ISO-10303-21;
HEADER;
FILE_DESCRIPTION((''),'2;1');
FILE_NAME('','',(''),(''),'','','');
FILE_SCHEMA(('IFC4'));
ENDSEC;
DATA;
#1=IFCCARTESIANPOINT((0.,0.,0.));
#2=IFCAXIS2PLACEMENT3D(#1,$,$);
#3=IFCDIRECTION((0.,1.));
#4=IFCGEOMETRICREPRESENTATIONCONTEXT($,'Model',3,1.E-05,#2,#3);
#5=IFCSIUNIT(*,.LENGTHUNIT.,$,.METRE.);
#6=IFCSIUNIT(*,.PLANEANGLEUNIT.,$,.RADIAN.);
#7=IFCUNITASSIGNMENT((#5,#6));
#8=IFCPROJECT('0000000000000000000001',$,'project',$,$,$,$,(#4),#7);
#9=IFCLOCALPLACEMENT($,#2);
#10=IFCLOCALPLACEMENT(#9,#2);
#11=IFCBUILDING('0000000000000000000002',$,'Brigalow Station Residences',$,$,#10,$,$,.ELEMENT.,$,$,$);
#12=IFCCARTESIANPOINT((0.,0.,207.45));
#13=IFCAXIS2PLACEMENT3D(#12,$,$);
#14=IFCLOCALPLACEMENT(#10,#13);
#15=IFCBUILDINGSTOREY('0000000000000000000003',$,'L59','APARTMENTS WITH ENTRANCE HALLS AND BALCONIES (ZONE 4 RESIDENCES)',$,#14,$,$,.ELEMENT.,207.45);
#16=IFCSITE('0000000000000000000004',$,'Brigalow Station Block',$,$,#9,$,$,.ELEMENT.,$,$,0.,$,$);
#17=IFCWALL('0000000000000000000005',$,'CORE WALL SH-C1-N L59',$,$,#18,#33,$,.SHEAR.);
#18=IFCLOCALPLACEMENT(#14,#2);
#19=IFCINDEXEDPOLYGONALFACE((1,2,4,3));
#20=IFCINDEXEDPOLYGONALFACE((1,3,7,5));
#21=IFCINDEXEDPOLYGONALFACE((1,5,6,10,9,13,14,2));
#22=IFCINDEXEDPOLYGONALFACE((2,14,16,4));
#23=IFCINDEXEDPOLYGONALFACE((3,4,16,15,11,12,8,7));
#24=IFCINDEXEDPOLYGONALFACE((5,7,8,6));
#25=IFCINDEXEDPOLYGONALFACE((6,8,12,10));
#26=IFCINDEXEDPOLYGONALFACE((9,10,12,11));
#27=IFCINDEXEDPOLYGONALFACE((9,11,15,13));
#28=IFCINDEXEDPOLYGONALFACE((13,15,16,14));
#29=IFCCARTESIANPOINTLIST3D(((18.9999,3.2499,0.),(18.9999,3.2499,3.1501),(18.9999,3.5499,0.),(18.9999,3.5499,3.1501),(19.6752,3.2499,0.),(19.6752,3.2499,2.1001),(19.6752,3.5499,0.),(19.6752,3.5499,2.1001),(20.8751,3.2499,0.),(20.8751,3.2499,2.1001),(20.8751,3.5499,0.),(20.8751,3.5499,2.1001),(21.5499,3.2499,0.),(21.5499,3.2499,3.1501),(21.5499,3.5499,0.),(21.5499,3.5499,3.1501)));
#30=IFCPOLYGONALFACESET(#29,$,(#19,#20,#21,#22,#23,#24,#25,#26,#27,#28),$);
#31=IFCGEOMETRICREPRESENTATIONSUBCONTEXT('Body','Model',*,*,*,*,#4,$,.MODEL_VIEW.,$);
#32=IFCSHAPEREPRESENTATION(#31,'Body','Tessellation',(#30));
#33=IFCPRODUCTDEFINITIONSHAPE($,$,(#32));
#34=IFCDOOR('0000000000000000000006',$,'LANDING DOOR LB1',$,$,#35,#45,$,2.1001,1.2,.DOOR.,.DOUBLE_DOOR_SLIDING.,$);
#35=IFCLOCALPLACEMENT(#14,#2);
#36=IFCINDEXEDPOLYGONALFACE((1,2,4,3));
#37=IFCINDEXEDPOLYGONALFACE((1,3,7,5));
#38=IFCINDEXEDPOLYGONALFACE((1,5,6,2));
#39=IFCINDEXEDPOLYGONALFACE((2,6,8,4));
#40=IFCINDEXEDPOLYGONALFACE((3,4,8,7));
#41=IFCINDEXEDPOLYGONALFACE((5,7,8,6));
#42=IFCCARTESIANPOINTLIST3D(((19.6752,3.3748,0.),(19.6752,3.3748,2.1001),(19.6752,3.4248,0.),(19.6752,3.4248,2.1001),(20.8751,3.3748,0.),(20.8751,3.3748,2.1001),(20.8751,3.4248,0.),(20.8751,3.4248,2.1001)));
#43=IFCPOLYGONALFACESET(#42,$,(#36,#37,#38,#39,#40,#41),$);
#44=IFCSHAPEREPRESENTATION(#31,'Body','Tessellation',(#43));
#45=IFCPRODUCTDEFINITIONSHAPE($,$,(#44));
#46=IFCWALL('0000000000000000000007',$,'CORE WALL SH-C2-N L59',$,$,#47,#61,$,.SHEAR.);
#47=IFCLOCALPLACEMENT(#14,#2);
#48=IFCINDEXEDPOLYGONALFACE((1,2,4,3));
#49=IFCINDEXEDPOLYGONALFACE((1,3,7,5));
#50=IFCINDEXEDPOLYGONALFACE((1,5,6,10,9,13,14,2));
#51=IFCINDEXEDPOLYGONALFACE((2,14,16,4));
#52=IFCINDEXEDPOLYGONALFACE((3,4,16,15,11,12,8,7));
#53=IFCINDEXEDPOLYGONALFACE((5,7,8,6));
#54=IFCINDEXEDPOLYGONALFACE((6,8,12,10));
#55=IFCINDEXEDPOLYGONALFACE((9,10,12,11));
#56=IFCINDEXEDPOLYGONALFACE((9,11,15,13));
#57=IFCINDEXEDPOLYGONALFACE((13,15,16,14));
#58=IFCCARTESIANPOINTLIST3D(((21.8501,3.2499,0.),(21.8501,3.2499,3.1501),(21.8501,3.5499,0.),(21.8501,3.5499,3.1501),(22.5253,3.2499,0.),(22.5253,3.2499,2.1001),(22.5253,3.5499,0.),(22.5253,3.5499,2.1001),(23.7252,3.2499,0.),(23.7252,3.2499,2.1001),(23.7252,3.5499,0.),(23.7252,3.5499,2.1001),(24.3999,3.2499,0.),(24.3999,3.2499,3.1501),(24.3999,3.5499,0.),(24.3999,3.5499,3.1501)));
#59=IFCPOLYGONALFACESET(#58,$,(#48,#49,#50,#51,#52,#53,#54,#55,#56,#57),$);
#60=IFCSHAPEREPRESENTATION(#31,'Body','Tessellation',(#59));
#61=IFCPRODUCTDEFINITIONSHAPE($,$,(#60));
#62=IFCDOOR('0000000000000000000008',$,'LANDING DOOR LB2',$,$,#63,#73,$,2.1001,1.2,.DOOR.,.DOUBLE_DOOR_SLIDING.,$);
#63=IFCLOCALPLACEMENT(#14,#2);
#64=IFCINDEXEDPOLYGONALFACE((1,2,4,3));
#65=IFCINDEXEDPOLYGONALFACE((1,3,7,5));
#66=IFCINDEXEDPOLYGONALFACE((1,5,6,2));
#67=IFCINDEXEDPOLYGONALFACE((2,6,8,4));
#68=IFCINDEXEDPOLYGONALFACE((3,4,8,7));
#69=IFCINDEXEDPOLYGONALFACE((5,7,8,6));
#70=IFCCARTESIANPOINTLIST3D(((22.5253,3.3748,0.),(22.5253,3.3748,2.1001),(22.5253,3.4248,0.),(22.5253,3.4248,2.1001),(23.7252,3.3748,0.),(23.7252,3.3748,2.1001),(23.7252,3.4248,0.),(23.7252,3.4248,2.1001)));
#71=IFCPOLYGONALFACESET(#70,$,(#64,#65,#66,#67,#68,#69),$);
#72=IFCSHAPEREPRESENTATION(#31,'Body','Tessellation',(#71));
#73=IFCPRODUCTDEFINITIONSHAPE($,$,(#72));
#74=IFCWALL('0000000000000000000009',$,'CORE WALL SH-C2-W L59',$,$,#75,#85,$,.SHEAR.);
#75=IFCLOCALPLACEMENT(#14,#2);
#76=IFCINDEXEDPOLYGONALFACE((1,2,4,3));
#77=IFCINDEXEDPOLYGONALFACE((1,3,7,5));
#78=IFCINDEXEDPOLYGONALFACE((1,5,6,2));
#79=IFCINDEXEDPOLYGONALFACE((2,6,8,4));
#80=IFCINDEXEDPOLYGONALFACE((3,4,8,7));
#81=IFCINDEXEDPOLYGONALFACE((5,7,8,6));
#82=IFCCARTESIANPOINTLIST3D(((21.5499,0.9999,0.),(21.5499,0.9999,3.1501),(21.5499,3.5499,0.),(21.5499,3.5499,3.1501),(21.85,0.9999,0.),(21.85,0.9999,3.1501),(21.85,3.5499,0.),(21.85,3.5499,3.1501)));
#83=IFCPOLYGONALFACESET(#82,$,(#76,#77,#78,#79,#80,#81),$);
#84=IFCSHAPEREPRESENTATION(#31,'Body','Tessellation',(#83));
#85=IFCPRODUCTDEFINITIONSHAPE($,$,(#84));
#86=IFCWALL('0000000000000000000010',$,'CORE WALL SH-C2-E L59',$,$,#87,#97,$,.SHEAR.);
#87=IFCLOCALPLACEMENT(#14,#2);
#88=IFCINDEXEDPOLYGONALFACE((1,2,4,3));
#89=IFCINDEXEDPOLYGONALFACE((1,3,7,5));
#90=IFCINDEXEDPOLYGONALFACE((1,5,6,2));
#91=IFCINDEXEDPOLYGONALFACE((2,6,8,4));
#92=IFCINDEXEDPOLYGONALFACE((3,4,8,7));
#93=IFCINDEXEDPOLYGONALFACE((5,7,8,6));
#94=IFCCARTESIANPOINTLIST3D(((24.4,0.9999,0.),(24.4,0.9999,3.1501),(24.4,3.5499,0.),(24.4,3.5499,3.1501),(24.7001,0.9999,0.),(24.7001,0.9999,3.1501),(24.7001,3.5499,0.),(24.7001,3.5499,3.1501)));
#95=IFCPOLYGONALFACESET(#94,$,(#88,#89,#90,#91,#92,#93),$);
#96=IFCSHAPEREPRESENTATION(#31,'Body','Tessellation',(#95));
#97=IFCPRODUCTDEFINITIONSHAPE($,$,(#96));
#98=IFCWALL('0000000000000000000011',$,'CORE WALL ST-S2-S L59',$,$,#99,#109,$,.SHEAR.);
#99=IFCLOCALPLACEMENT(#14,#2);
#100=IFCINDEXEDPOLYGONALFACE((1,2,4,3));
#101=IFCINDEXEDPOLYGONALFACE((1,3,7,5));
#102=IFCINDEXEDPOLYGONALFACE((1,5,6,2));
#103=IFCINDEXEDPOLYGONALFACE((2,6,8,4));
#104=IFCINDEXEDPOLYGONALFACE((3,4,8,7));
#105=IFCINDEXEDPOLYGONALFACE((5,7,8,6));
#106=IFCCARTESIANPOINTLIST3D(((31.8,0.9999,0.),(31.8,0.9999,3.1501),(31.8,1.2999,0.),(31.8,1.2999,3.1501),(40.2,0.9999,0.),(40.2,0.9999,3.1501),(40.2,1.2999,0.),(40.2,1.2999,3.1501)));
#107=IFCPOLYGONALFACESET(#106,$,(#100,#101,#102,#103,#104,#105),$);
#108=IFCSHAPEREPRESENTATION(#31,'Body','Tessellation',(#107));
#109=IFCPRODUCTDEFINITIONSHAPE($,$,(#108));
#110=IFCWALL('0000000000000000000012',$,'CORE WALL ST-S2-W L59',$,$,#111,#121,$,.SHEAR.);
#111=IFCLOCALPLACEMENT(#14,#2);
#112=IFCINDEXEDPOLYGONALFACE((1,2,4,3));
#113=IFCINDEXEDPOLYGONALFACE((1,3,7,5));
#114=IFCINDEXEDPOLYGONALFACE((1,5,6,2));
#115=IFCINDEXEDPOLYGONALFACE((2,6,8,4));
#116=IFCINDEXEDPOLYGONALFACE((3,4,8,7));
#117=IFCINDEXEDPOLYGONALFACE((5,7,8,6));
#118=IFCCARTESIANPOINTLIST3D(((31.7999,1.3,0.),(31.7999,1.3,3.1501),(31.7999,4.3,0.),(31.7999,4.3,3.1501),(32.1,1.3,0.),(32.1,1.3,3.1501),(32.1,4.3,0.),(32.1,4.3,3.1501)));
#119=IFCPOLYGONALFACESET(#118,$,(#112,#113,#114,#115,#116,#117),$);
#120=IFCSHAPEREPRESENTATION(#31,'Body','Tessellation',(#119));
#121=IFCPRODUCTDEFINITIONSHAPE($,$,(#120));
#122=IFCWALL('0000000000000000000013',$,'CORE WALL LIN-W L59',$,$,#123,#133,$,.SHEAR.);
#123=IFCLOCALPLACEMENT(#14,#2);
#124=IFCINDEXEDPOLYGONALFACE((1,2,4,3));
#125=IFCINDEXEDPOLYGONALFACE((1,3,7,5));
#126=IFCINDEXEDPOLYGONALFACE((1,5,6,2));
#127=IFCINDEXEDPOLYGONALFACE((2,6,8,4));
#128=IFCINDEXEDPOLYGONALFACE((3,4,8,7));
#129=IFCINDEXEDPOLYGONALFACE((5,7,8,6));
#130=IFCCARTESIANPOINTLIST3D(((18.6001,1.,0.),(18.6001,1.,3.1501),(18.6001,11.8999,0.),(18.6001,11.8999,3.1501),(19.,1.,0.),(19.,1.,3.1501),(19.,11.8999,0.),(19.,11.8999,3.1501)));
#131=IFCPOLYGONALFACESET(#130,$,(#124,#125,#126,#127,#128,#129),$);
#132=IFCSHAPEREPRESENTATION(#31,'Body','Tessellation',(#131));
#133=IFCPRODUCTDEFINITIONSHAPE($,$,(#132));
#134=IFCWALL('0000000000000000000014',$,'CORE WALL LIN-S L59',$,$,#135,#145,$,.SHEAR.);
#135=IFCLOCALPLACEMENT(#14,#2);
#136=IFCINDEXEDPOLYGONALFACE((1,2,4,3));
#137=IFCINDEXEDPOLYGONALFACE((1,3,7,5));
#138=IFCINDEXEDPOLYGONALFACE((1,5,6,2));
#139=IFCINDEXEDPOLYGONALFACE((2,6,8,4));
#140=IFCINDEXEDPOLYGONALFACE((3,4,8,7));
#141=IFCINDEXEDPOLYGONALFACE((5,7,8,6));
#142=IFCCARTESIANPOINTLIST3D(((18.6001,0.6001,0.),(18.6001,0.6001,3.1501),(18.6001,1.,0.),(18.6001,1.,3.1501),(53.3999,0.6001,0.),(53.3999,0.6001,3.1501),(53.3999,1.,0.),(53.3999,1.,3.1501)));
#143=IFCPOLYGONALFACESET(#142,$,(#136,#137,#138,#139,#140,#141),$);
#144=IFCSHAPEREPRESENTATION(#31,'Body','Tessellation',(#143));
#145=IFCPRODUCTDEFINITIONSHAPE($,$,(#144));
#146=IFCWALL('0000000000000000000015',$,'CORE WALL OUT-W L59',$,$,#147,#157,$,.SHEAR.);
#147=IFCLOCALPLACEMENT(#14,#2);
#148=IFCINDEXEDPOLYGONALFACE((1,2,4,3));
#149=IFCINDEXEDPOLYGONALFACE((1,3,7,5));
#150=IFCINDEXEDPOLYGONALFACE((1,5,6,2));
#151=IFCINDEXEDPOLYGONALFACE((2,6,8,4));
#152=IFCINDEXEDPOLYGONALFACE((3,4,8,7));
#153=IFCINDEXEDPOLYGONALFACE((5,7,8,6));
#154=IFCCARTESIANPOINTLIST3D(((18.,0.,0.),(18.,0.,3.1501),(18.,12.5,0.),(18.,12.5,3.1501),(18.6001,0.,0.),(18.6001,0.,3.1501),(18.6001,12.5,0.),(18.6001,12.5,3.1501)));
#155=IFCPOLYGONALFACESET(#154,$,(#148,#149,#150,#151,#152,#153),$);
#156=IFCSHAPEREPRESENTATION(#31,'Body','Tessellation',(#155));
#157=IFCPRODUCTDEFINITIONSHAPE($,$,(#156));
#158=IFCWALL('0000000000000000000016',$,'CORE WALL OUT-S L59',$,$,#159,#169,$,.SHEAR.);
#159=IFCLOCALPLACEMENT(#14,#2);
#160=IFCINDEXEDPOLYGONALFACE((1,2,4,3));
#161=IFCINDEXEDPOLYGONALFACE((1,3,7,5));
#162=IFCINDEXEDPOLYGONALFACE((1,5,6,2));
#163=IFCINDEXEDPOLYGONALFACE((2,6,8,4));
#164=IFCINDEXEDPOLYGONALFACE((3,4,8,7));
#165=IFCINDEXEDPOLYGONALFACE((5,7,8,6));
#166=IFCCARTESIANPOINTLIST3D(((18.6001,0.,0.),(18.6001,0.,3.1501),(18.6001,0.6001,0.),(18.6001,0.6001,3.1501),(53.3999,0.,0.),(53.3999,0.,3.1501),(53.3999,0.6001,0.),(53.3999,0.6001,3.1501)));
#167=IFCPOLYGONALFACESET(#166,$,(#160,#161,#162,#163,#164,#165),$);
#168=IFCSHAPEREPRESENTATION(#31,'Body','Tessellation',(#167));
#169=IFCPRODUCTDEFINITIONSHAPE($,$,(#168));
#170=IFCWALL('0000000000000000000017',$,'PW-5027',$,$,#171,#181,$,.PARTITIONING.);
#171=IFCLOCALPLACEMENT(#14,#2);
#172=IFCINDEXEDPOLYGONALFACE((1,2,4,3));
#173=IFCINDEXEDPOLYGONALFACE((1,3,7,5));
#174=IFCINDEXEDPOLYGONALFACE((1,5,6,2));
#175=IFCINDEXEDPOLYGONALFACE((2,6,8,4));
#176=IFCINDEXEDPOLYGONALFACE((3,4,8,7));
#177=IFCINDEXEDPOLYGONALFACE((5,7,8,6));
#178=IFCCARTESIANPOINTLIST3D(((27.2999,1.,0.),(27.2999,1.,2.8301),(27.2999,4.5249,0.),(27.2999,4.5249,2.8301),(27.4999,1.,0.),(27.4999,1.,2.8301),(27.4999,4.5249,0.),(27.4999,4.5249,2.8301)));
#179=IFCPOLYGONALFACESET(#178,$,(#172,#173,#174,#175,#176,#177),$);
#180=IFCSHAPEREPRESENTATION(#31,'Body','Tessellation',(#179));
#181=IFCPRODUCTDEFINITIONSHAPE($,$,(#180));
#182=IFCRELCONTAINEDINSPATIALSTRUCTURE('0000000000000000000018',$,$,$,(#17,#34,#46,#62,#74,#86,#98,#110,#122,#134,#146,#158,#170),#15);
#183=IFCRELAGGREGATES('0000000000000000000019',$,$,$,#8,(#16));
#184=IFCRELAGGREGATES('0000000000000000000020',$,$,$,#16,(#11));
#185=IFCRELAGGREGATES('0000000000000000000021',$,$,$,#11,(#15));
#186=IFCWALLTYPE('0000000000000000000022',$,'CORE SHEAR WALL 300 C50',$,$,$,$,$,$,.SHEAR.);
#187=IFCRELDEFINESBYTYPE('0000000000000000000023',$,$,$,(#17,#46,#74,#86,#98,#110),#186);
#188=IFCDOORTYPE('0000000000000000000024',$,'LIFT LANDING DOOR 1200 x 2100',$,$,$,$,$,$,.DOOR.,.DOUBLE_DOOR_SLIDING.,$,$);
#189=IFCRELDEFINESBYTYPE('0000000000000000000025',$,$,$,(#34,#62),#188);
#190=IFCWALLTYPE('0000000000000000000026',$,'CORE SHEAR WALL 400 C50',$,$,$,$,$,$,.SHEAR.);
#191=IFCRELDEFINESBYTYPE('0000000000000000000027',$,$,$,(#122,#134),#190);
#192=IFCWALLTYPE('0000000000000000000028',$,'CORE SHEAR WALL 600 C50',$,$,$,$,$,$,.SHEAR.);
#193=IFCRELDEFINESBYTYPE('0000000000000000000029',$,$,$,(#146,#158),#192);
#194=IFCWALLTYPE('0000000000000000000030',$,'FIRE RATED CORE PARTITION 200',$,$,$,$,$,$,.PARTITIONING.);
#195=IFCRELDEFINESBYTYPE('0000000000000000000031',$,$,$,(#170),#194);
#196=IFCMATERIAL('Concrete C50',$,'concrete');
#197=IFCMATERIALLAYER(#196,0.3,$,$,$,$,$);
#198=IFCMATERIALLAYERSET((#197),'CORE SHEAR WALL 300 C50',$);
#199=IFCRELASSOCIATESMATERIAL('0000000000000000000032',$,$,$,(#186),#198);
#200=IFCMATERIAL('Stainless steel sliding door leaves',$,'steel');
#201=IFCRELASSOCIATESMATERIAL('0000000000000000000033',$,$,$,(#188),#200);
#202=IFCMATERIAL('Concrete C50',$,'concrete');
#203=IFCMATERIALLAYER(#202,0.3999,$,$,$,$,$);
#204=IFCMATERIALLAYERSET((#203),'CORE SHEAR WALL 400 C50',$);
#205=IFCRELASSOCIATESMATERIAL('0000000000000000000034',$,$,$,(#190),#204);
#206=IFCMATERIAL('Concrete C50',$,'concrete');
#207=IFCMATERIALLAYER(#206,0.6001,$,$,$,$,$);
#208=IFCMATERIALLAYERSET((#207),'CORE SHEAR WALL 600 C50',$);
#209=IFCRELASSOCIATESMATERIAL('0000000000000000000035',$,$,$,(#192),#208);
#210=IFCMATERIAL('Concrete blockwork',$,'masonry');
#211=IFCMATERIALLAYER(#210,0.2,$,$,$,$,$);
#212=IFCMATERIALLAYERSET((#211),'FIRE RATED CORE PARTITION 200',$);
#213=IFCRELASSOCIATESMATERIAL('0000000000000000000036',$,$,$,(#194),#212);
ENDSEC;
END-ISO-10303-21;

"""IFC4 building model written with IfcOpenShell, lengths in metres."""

from ifc_helpers import new_model, si_unit, direction, frame, frame_2d, origin, place, context, subcontext, project, spatial, rectangle, extrude, material, layer, layer_set, type_object, element, fill, save


model = new_model("IFC4")

# Units and contexts
model_context = context("Model", 3, precision=1e-05, world=origin(), true_north=direction((0.0, 1.0)))
body_context = subcontext(model_context, "Body", "Model", "MODEL_VIEW")
ifc_project = project(units=[si_unit("LENGTHUNIT", "METRE"), si_unit("PLANEANGLEUNIT", "RADIAN")], contexts=[model_context])

# Site, building, storey
site_placement = place(None, origin())
site = spatial("IfcSite", under=ifc_project, at=site_placement, Name="Brigalow Station Block", CompositionType="ELEMENT", RefElevation=0.0)
building_placement = place(site_placement, origin())
building = spatial("IfcBuilding", under=site, at=building_placement, Name="Brigalow Station Residences", CompositionType="ELEMENT")
storey_placement = place(building_placement, frame((0.0, 0.0, 207.45)))
storey = spatial("IfcBuildingStorey", under=building, at=storey_placement, Name="L59", Description="APARTMENTS WITH ENTRANCE HALLS AND BALCONIES (ZONE 4 RESIDENCES)", CompositionType="ELEMENT", Elevation=207.45)

# Walls, openings, doors
ifc_material_1 = material(Name="Concrete C50", Category="concrete")
ifc_layer_1 = layer(ifc_material_1, 0.3)
ifc_layer_set_1 = layer_set([ifc_layer_1], Name="CORE SHEAR WALL 300 C50")
wall_type_1 = type_object("IfcWallType", Name="CORE SHEAR WALL 300 C50", PredefinedType="SHEAR", material=ifc_layer_set_1)
wall_1_placement = place(storey_placement, frame((19.0, 3.3999, 0.0), z_axis=(0.0, 0.0, 1.0), x_axis=(1.0, 0.0, 0.0)))
wall_1 = element("IfcWall", 1, at=wall_1_placement, inside=storey, type_object=wall_type_1, Name="CORE WALL SH-C1-N L59", PredefinedType="SHEAR", context=body_context, shape_type="SweptSolid", body=[
    extrude(rectangle(XDim=2.55, YDim=0.3, at=frame_2d((1.2749, 0.0))), origin(), (0.0, 0.0, 1.0), 3.1501),
])
opening_1_placement = place(wall_1_placement, frame((0.675, 0.0, 0.0)))
opening_1 = element("IfcOpeningElement", 2, at=opening_1_placement, cuts=wall_1, PredefinedType="OPENING", context=body_context, shape_type="SweptSolid", body=[
    extrude(rectangle(XDim=1.2, YDim=2.1001, at=frame_2d((0.6001, 1.05))), frame((0.0, 0.1602, 0.0), z_axis=(0.0, -1.0, 0.0), x_axis=(1.0, 0.0, 0.0)), (0.0, 0.0, 1.0), 0.3201),
])
ifc_material_2 = material(Name="Stainless steel sliding door leaves", Category="steel")
door_type = type_object("IfcDoorType", Name="LIFT LANDING DOOR 1200 x 2100", OperationType="DOUBLE_DOOR_SLIDING", PredefinedType="DOOR", material=ifc_material_2)
door_1_placement = place(opening_1_placement, origin())
door_1 = element("IfcDoor", 3, at=door_1_placement, inside=storey, type_object=door_type, Name="LANDING DOOR LB1", OperationType="DOUBLE_DOOR_SLIDING", OverallHeight=2.1001, OverallWidth=1.2, PredefinedType="DOOR", context=body_context, shape_type="SweptSolid", body=[
    extrude(rectangle(XDim=1.2, YDim=2.1001, at=frame_2d((0.6001, 1.05))), frame((0.0, 0.0249, 0.0), z_axis=(0.0, -1.0, 0.0), x_axis=(1.0, 0.0, 0.0)), (0.0, 0.0, 1.0), 0.05),
])
fill(opening_1, door_1)
wall_2_placement = place(storey_placement, frame((21.8501, 3.3999, 0.0), z_axis=(0.0, 0.0, 1.0), x_axis=(1.0, 0.0, 0.0)))
wall_2 = element("IfcWall", 4, at=wall_2_placement, inside=storey, type_object=wall_type_1, Name="CORE WALL SH-C2-N L59", PredefinedType="SHEAR", context=body_context, shape_type="SweptSolid", body=[
    extrude(rectangle(XDim=2.5498, YDim=0.3, at=frame_2d((1.2749, 0.0))), origin(), (0.0, 0.0, 1.0), 3.1501),
])
opening_2_placement = place(wall_2_placement, frame((0.675, 0.0, 0.0)))
opening_2 = element("IfcOpeningElement", 5, at=opening_2_placement, cuts=wall_2, PredefinedType="OPENING", context=body_context, shape_type="SweptSolid", body=[
    extrude(rectangle(XDim=1.2, YDim=2.1001, at=frame_2d((0.6001, 1.05))), frame((0.0, 0.1602, 0.0), z_axis=(0.0, -1.0, 0.0), x_axis=(1.0, 0.0, 0.0)), (0.0, 0.0, 1.0), 0.3201),
])
door_2_placement = place(opening_2_placement, origin())
door_2 = element("IfcDoor", 6, at=door_2_placement, inside=storey, type_object=door_type, Name="LANDING DOOR LB2", OperationType="DOUBLE_DOOR_SLIDING", OverallHeight=2.1001, OverallWidth=1.2, PredefinedType="DOOR", context=body_context, shape_type="SweptSolid", body=[
    extrude(rectangle(XDim=1.2, YDim=2.1001, at=frame_2d((0.6001, 1.05))), frame((0.0, 0.0249, 0.0), z_axis=(0.0, -1.0, 0.0), x_axis=(1.0, 0.0, 0.0)), (0.0, 0.0, 1.0), 0.05),
])
fill(opening_2, door_2)

# Walls
for number, where, z_axis, x_axis, name in (
    (7, (21.7, 1.0, 0.0), (0.0, 0.0, 1.0), (0.0, 1.0, 0.0), "CORE WALL SH-C2-W L59"),
    (8, (24.55, 1.0, 0.0), (0.0, 0.0, 1.0), (0.0, 1.0, 0.0), "CORE WALL SH-C2-E L59"),
):
    element("IfcWall", number, at=place(storey_placement, frame(where, z_axis=z_axis, x_axis=x_axis)), inside=storey, type_object=wall_type_1, Name=name, PredefinedType="SHEAR", context=body_context, shape_type="SweptSolid", body=[
        extrude(rectangle(XDim=2.55, YDim=0.3, at=frame_2d((1.2749, 0.0))), origin(), (0.0, 0.0, 1.0), 3.1501),
    ])
wall_3_placement = place(storey_placement, frame((31.8, 1.1499, 0.0), z_axis=(0.0, 0.0, 1.0), x_axis=(1.0, 0.0, 0.0)))
element("IfcWall", 9, at=wall_3_placement, inside=storey, type_object=wall_type_1, Name="CORE WALL ST-S2-S L59", PredefinedType="SHEAR", context=body_context, shape_type="SweptSolid", body=[
    extrude(rectangle(XDim=8.3999, YDim=0.3, at=frame_2d((4.2, 0.0))), origin(), (0.0, 0.0, 1.0), 3.1501),
])
wall_4_placement = place(storey_placement, frame((31.95, 1.3, 0.0), z_axis=(0.0, 0.0, 1.0), x_axis=(0.0, 1.0, 0.0)))
element("IfcWall", 10, at=wall_4_placement, inside=storey, type_object=wall_type_1, Name="CORE WALL ST-S2-W L59", PredefinedType="SHEAR", context=body_context, shape_type="SweptSolid", body=[
    extrude(rectangle(XDim=3.0, YDim=0.3, at=frame_2d((1.5, 0.0))), origin(), (0.0, 0.0, 1.0), 3.1501),
])
ifc_material_3 = material(Name="Concrete C50", Category="concrete")
ifc_layer_2 = layer(ifc_material_3, 0.3999)
ifc_layer_set_2 = layer_set([ifc_layer_2], Name="CORE SHEAR WALL 400 C50")
wall_type_2 = type_object("IfcWallType", Name="CORE SHEAR WALL 400 C50", PredefinedType="SHEAR", material=ifc_layer_set_2)
wall_5_placement = place(storey_placement, frame((18.8, 1.0, 0.0), z_axis=(0.0, 0.0, 1.0), x_axis=(0.0, 1.0, 0.0)))
element("IfcWall", 11, at=wall_5_placement, inside=storey, type_object=wall_type_2, Name="CORE WALL LIN-W L59", PredefinedType="SHEAR", context=body_context, shape_type="SweptSolid", body=[
    extrude(rectangle(XDim=10.8999, YDim=0.3999, at=frame_2d((5.45, 0.0))), origin(), (0.0, 0.0, 1.0), 3.1501),
])
wall_6_placement = place(storey_placement, frame((18.6001, 0.8, 0.0), z_axis=(0.0, 0.0, 1.0), x_axis=(1.0, 0.0, 0.0)))
element("IfcWall", 12, at=wall_6_placement, inside=storey, type_object=wall_type_2, Name="CORE WALL LIN-S L59", PredefinedType="SHEAR", context=body_context, shape_type="SweptSolid", body=[
    extrude(rectangle(XDim=34.7998, YDim=0.3999, at=frame_2d((17.3999, 0.0))), origin(), (0.0, 0.0, 1.0), 3.1501),
])
ifc_material_4 = material(Name="Concrete C50", Category="concrete")
ifc_layer_3 = layer(ifc_material_4, 0.6001)
ifc_layer_set_3 = layer_set([ifc_layer_3], Name="CORE SHEAR WALL 600 C50")
wall_type_3 = type_object("IfcWallType", Name="CORE SHEAR WALL 600 C50", PredefinedType="SHEAR", material=ifc_layer_set_3)
wall_7_placement = place(storey_placement, frame((18.3, 0.0, 0.0), z_axis=(0.0, 0.0, 1.0), x_axis=(0.0, 1.0, 0.0)))
element("IfcWall", 13, at=wall_7_placement, inside=storey, type_object=wall_type_3, Name="CORE WALL OUT-W L59", PredefinedType="SHEAR", context=body_context, shape_type="SweptSolid", body=[
    extrude(rectangle(XDim=12.5, YDim=0.6001, at=frame_2d((6.25, 0.0))), origin(), (0.0, 0.0, 1.0), 3.1501),
])
wall_8_placement = place(storey_placement, frame((18.6001, 0.3, 0.0), z_axis=(0.0, 0.0, 1.0), x_axis=(1.0, 0.0, 0.0)))
element("IfcWall", 14, at=wall_8_placement, inside=storey, type_object=wall_type_3, Name="CORE WALL OUT-S L59", PredefinedType="SHEAR", context=body_context, shape_type="SweptSolid", body=[
    extrude(rectangle(XDim=34.7998, YDim=0.6001, at=frame_2d((17.3999, 0.0))), origin(), (0.0, 0.0, 1.0), 3.1501),
])
ifc_material_5 = material(Name="Concrete blockwork", Category="masonry")
ifc_layer_4 = layer(ifc_material_5, 0.2)
ifc_layer_set_4 = layer_set([ifc_layer_4], Name="FIRE RATED CORE PARTITION 200")
wall_type_4 = type_object("IfcWallType", Name="FIRE RATED CORE PARTITION 200", PredefinedType="PARTITIONING", material=ifc_layer_set_4)
wall_9_placement = place(storey_placement, frame((27.3999, 1.0, 0.0), z_axis=(0.0, 0.0, 1.0), x_axis=(0.0, 1.0, 0.0)))
element("IfcWall", 15, at=wall_9_placement, inside=storey, type_object=wall_type_4, Name="PW-5027", PredefinedType="PARTITIONING", context=body_context, shape_type="SweptSolid", body=[
    extrude(rectangle(XDim=3.5249, YDim=0.2, at=frame_2d((1.7625, 0.0))), origin(), (0.0, 0.0, 1.0), 2.8301),
])

save(model, "model.ifc")
